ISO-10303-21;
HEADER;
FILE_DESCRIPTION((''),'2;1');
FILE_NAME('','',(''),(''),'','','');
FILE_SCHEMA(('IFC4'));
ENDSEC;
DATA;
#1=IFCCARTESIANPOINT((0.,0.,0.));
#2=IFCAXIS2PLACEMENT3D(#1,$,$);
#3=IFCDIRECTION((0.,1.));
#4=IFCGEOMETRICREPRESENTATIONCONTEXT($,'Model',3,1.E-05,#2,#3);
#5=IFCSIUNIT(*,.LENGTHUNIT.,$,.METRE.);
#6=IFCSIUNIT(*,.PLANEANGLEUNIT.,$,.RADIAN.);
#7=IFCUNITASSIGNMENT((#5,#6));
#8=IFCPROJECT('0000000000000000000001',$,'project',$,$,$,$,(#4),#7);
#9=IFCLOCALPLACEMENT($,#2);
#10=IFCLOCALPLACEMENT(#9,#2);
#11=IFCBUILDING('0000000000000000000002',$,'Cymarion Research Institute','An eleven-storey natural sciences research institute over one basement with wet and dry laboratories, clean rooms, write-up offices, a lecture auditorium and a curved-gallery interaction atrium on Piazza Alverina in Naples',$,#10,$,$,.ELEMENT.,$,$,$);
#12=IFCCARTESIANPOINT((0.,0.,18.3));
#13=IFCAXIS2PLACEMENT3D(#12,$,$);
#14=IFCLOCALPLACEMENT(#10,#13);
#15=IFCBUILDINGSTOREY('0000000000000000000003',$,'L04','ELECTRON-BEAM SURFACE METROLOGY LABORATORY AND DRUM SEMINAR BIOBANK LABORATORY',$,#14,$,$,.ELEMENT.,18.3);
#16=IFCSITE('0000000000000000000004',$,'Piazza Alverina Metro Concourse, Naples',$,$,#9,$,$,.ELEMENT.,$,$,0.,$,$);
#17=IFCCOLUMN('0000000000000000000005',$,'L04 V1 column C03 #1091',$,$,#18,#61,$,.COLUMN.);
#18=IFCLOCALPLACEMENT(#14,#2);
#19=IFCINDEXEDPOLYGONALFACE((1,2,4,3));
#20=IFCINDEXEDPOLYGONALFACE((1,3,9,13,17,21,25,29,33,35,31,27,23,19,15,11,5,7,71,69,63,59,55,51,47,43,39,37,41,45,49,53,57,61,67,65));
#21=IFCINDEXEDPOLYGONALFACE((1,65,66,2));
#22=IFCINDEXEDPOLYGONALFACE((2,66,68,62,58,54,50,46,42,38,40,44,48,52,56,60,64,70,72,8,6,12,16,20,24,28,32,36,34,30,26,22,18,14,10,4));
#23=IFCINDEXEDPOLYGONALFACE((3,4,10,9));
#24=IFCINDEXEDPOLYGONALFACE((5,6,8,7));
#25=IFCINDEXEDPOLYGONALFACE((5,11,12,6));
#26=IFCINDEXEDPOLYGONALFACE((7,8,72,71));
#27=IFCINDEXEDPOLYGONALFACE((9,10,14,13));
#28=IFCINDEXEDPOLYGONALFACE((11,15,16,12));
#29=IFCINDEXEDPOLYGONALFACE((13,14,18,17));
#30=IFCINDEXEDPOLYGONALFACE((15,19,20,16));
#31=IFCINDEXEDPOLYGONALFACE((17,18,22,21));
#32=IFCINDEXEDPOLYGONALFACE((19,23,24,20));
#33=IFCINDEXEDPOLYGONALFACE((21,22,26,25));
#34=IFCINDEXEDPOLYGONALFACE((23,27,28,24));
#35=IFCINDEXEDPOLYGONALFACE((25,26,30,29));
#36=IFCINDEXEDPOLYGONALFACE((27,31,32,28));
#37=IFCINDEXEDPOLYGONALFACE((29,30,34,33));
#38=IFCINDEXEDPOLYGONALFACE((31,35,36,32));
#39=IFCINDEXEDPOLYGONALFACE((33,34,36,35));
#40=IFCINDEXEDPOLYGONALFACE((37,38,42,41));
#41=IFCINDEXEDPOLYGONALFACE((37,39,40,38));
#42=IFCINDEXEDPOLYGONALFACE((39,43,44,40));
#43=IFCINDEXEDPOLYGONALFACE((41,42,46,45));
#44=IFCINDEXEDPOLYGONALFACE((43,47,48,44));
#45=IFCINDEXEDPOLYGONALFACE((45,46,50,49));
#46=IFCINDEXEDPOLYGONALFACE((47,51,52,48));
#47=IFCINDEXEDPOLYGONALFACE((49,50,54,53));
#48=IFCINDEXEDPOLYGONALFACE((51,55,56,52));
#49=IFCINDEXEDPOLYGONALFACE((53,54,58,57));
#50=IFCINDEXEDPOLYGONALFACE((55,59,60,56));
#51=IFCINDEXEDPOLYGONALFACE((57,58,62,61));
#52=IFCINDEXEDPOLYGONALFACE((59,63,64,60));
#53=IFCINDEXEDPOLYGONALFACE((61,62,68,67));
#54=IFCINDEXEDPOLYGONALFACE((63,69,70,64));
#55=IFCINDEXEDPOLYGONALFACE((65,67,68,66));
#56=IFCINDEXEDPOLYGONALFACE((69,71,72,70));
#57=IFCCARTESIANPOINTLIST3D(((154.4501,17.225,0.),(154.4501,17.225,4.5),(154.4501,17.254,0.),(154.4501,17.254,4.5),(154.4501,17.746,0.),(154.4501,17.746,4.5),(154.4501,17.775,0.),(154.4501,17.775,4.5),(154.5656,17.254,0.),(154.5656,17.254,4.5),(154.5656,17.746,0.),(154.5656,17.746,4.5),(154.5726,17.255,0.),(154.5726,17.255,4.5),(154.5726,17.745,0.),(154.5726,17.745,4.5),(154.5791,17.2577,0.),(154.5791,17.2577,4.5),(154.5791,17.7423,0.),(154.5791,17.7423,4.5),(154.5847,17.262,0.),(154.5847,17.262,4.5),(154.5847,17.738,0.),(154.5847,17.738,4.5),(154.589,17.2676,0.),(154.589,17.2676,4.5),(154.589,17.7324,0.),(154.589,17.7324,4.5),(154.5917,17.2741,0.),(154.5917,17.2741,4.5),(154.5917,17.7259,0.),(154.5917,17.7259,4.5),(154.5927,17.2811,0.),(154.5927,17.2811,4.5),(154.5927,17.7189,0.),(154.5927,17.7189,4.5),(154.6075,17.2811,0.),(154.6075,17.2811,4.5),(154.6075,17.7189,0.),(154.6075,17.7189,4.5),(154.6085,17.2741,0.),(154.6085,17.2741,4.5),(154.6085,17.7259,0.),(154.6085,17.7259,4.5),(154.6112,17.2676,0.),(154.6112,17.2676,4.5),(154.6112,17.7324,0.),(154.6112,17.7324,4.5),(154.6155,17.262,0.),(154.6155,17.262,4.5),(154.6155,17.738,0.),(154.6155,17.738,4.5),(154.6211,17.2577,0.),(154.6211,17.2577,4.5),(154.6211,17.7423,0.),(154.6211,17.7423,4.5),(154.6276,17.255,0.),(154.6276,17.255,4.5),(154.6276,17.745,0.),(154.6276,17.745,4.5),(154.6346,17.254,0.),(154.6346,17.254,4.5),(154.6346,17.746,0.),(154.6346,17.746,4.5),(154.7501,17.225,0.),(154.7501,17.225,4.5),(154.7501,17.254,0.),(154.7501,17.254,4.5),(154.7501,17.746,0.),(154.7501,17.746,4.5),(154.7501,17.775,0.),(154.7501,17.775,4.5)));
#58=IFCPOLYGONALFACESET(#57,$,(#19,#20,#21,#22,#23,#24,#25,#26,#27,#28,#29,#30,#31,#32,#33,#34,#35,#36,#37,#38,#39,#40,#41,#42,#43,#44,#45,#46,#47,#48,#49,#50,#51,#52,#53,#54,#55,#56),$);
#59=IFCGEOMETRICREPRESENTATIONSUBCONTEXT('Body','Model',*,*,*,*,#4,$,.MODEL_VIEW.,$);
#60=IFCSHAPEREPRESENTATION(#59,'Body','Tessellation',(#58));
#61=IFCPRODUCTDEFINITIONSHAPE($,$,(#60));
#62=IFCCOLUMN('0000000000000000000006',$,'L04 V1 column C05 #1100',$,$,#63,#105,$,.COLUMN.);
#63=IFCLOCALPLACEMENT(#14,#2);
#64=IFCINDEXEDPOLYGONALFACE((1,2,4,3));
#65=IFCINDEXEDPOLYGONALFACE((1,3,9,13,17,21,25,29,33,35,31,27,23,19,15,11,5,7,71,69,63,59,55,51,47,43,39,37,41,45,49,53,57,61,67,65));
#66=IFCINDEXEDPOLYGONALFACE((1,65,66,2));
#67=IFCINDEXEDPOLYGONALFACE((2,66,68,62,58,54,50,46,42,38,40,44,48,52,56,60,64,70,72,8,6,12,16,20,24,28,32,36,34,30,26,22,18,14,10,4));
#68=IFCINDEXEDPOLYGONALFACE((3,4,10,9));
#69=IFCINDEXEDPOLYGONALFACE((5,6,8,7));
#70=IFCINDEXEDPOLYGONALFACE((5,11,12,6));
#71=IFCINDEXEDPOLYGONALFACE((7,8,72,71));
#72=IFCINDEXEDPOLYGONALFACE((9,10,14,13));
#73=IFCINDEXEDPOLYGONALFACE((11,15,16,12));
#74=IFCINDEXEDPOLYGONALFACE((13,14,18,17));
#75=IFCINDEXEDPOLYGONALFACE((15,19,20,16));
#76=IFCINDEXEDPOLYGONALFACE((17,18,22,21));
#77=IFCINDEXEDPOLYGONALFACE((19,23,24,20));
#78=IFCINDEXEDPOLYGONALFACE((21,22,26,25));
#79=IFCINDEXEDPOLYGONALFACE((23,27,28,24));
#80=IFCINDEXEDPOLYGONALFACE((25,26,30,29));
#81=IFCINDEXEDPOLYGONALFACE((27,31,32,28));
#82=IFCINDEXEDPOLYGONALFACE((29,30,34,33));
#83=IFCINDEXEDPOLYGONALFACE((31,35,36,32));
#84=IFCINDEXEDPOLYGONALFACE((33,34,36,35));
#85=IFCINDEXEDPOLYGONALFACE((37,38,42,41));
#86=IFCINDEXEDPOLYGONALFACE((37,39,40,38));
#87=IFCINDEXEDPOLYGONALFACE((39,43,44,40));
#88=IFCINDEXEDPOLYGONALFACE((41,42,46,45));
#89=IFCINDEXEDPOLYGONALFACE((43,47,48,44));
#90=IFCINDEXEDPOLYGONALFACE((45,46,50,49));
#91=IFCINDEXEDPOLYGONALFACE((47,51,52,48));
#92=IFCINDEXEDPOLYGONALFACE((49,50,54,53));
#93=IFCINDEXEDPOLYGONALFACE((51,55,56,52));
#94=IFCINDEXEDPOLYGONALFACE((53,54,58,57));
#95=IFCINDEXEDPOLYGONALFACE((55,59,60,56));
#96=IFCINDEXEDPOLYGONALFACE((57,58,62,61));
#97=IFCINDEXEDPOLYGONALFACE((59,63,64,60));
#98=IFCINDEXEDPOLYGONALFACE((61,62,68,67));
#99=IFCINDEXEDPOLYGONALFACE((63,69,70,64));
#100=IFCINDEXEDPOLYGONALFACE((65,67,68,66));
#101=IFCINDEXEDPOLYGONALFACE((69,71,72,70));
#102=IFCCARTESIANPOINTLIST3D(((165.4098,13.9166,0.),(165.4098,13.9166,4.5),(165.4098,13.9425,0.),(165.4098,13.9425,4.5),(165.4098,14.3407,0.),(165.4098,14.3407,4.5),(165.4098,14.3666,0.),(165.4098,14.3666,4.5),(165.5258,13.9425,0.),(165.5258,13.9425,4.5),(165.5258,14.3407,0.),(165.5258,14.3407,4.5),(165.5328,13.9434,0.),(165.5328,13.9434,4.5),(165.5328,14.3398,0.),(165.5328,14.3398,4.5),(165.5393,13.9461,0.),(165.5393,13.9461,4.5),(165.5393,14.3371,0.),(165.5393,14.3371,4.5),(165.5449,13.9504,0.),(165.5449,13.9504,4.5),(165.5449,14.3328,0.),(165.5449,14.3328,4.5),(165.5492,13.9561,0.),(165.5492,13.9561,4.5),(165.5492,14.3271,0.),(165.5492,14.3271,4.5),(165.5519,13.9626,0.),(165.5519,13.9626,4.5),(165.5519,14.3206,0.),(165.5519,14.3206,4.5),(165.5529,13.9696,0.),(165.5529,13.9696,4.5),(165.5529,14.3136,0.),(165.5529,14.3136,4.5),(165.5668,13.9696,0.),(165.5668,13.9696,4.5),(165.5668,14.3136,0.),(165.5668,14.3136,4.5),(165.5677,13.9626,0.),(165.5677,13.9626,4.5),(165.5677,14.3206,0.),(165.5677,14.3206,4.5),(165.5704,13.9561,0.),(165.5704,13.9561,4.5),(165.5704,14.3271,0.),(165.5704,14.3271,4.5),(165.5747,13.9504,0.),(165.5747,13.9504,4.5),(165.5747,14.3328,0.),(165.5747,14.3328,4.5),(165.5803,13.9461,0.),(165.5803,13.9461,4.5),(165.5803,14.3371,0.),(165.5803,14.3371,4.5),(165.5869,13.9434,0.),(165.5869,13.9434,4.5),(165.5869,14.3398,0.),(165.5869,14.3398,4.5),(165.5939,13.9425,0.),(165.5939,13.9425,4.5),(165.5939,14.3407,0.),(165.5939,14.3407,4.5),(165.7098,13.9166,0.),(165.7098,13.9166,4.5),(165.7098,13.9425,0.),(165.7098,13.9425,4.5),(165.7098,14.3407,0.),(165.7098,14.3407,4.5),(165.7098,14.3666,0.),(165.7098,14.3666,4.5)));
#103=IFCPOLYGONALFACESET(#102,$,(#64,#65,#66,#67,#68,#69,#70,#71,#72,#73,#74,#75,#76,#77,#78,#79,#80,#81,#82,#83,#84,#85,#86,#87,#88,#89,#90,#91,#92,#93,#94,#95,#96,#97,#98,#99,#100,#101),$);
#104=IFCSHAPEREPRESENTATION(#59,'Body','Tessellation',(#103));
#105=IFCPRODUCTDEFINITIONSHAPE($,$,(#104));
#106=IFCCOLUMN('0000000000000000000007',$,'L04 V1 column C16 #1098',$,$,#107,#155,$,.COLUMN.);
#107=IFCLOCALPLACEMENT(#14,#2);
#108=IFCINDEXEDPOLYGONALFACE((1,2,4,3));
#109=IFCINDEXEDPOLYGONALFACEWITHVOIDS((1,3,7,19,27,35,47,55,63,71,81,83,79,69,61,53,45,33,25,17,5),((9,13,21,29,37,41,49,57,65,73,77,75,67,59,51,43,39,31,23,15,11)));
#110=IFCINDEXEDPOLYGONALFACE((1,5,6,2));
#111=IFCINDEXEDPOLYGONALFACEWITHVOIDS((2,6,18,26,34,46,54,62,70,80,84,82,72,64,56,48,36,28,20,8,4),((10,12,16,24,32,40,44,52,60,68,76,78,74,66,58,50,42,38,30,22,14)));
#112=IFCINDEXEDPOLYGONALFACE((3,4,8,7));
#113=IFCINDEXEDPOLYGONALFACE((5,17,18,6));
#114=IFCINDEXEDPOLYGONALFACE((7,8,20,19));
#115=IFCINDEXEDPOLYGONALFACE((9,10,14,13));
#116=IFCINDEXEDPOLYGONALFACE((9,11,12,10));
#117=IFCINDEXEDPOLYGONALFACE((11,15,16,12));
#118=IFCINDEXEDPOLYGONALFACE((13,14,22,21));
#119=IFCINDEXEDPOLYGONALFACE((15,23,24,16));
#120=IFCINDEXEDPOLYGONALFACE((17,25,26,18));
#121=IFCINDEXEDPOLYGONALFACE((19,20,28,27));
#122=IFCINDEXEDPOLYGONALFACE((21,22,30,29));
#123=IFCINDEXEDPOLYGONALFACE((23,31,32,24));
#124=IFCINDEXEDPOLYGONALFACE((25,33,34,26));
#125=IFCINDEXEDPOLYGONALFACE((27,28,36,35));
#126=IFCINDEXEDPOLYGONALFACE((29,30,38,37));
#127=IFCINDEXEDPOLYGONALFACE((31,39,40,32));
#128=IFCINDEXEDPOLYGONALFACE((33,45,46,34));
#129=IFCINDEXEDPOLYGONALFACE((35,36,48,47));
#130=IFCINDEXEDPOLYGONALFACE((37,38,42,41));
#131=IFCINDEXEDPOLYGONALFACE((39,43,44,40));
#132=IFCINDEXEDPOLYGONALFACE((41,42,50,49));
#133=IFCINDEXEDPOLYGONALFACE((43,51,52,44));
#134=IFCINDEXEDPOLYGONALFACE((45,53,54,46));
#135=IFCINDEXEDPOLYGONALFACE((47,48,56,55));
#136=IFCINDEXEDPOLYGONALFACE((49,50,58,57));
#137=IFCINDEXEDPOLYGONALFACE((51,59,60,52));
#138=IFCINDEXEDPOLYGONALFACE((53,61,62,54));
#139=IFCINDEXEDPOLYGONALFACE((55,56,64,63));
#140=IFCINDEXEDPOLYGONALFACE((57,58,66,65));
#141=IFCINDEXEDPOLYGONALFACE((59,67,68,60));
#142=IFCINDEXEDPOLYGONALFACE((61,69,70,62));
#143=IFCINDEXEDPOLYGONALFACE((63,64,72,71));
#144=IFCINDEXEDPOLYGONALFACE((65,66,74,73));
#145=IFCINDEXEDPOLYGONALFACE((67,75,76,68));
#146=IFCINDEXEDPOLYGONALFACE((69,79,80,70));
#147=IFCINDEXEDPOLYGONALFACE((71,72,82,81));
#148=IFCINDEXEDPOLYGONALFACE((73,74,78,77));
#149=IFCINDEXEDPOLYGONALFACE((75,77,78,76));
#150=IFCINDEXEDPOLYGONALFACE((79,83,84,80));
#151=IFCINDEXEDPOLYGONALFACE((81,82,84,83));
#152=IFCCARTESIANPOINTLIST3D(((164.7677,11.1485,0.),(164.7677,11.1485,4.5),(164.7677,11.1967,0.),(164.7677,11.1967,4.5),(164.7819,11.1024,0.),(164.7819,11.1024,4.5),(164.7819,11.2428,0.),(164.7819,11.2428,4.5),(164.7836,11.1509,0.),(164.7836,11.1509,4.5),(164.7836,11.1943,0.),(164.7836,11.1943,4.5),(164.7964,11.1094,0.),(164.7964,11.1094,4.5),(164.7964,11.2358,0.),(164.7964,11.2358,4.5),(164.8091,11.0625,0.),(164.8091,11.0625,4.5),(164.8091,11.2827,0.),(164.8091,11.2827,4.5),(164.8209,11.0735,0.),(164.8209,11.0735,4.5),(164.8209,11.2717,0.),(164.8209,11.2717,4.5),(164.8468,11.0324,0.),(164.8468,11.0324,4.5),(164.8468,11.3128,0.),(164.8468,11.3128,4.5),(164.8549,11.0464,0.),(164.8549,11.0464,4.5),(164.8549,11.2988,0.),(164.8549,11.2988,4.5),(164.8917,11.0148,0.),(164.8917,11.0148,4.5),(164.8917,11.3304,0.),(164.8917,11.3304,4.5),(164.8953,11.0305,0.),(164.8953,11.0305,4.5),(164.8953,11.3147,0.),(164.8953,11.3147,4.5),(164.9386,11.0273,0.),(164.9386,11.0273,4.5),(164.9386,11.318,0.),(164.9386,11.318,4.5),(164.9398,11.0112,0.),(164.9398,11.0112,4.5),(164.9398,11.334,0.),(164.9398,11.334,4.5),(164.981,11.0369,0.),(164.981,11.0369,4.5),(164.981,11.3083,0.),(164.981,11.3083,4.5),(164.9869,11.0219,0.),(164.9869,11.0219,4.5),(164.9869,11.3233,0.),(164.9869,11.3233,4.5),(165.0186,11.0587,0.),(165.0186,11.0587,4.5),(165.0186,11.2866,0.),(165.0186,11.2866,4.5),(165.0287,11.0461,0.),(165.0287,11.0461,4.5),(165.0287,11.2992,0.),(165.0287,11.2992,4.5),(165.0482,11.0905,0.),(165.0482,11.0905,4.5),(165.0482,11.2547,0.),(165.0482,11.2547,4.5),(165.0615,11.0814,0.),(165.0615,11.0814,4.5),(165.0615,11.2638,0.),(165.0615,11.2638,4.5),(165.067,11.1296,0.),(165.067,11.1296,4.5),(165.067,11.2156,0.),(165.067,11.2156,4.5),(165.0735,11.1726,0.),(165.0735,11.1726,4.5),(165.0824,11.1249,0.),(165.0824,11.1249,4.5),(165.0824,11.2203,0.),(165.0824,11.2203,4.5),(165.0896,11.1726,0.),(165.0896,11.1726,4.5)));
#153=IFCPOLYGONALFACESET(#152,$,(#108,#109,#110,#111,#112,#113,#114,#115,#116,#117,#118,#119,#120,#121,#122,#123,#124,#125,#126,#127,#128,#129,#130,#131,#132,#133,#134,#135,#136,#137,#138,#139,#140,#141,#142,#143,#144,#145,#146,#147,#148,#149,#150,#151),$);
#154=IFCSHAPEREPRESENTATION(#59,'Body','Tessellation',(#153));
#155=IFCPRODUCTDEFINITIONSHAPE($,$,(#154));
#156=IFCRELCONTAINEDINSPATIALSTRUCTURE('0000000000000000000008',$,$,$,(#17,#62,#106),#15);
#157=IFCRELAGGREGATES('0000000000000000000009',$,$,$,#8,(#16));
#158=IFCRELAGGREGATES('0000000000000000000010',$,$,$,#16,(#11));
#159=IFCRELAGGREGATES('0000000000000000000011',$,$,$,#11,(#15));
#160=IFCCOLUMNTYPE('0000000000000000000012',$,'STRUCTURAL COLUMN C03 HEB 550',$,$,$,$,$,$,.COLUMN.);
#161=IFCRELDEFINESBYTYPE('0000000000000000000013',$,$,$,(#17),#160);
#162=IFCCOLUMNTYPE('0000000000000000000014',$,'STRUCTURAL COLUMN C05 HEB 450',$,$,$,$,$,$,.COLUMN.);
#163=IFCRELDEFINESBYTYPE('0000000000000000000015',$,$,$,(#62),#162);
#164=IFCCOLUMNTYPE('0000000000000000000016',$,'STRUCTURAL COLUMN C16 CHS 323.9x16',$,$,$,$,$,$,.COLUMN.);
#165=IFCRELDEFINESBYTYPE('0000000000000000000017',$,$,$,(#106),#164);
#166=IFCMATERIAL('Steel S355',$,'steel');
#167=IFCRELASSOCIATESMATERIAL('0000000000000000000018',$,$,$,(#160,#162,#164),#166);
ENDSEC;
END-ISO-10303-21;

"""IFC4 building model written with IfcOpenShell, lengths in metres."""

from ifc_helpers import new_model, si_unit, direction, frame, origin, origin_2d, place, context, subcontext, project, spatial, hollow_circle, i_section, extrude, material, material_profile, profile_set, type_object, element, save


model = new_model("IFC4")

# Units and contexts
model_context = context("Model", 3, precision=1e-05, world=origin(), true_north=direction((0.0, 1.0)))
body_context = subcontext(model_context, "Body", "Model", "MODEL_VIEW")
ifc_project = project(units=[si_unit("LENGTHUNIT", "METRE"), si_unit("PLANEANGLEUNIT", "RADIAN")], contexts=[model_context])

# Site, building, storey
site_placement = place(None, origin())
site = spatial("IfcSite", under=ifc_project, at=site_placement, Name="Piazza Alverina Metro Concourse, Naples", CompositionType="ELEMENT", RefElevation=0.0)
building_placement = place(site_placement, origin())
building = spatial("IfcBuilding", under=site, at=building_placement, Name="Cymarion Research Institute", Description="An eleven-storey natural sciences research institute over one basement with wet and dry laboratories, clean rooms, write-up offices, a lecture auditorium and a curved-gallery interaction atrium on Piazza Alverina in Naples", CompositionType="ELEMENT")
storey_placement = place(building_placement, frame((0.0, 0.0, 18.3)))
storey = spatial("IfcBuildingStorey", under=building, at=storey_placement, Name="L04", Description="ELECTRON-BEAM SURFACE METROLOGY LABORATORY AND DRUM SEMINAR BIOBANK LABORATORY", CompositionType="ELEMENT", Elevation=18.3)

# Columns
ifc_material_1 = material(Name="Steel S355", Category="steel")
ifc_material_profile_1 = material_profile(ifc_material_1, i_section(OverallWidth=0.3, OverallDepth=0.55, WebThickness=0.0149, FlangeThickness=0.0291, FilletRadius=0.0271, at=origin_2d()), Name="HEB 550")
ifc_profile_set_1 = profile_set([ifc_material_profile_1], Name="Steel S355")
column_type_1 = type_object("IfcColumnType", Name="STRUCTURAL COLUMN C03 HEB 550", PredefinedType="COLUMN", material=ifc_profile_set_1)
column_1_placement = place(storey_placement, frame((154.6001, 17.5, 0.0), z_axis=(0.0, 0.0, 1.0), x_axis=(1.0, 0.0, 0.0)))
element("IfcColumn", 1, at=column_1_placement, inside=storey, type_object=column_type_1, Name="L04 V1 column C03 #1091", PredefinedType="COLUMN", context=body_context, shape_type="SweptSolid", body=[
    extrude(i_section(OverallWidth=0.3, OverallDepth=0.55, WebThickness=0.0149, FlangeThickness=0.0291, FilletRadius=0.0271, at=origin_2d()), origin(), (0.0, 0.0, 1.0), 4.5),
])
ifc_material_profile_2 = material_profile(ifc_material_1, i_section(OverallWidth=0.3, OverallDepth=0.45, WebThickness=0.0139, FlangeThickness=0.0259, FilletRadius=0.0271, at=origin_2d()), Name="HEB 450")
ifc_profile_set_2 = profile_set([ifc_material_profile_2], Name="Steel S355")
column_type_2 = type_object("IfcColumnType", Name="STRUCTURAL COLUMN C05 HEB 450", PredefinedType="COLUMN", material=ifc_profile_set_2)
column_2_placement = place(storey_placement, frame((165.5598, 14.1416, 0.0), z_axis=(0.0, 0.0, 1.0), x_axis=(1.0, 0.0, 0.0)))
element("IfcColumn", 2, at=column_2_placement, inside=storey, type_object=column_type_2, Name="L04 V1 column C05 #1100", PredefinedType="COLUMN", context=body_context, shape_type="SweptSolid", body=[
    extrude(i_section(OverallWidth=0.3, OverallDepth=0.45, WebThickness=0.0139, FlangeThickness=0.0259, FilletRadius=0.0271, at=origin_2d()), origin(), (0.0, 0.0, 1.0), 4.5),
])
ifc_material_profile_3 = material_profile(ifc_material_1, hollow_circle(Radius=0.1619, WallThickness=0.0161, at=origin_2d()), Name="CHS 323.9x16")
ifc_profile_set_3 = profile_set([ifc_material_profile_3], Name="Steel S355")
column_type_3 = type_object("IfcColumnType", Name="STRUCTURAL COLUMN C16 CHS 323.9x16", PredefinedType="COLUMN", material=ifc_profile_set_3)
column_3_placement = place(storey_placement, frame((164.9277, 11.1726, 0.0), z_axis=(0.0, 0.0, 1.0), x_axis=(1.0, 0.0, 0.0)))
element("IfcColumn", 3, at=column_3_placement, inside=storey, type_object=column_type_3, Name="L04 V1 column C16 #1098", PredefinedType="COLUMN", context=body_context, shape_type="SweptSolid", body=[
    extrude(hollow_circle(Radius=0.1619, WallThickness=0.0161, at=origin_2d()), origin(), (0.0, 0.0, 1.0), 4.5),
])

save(model, "model.ifc")
